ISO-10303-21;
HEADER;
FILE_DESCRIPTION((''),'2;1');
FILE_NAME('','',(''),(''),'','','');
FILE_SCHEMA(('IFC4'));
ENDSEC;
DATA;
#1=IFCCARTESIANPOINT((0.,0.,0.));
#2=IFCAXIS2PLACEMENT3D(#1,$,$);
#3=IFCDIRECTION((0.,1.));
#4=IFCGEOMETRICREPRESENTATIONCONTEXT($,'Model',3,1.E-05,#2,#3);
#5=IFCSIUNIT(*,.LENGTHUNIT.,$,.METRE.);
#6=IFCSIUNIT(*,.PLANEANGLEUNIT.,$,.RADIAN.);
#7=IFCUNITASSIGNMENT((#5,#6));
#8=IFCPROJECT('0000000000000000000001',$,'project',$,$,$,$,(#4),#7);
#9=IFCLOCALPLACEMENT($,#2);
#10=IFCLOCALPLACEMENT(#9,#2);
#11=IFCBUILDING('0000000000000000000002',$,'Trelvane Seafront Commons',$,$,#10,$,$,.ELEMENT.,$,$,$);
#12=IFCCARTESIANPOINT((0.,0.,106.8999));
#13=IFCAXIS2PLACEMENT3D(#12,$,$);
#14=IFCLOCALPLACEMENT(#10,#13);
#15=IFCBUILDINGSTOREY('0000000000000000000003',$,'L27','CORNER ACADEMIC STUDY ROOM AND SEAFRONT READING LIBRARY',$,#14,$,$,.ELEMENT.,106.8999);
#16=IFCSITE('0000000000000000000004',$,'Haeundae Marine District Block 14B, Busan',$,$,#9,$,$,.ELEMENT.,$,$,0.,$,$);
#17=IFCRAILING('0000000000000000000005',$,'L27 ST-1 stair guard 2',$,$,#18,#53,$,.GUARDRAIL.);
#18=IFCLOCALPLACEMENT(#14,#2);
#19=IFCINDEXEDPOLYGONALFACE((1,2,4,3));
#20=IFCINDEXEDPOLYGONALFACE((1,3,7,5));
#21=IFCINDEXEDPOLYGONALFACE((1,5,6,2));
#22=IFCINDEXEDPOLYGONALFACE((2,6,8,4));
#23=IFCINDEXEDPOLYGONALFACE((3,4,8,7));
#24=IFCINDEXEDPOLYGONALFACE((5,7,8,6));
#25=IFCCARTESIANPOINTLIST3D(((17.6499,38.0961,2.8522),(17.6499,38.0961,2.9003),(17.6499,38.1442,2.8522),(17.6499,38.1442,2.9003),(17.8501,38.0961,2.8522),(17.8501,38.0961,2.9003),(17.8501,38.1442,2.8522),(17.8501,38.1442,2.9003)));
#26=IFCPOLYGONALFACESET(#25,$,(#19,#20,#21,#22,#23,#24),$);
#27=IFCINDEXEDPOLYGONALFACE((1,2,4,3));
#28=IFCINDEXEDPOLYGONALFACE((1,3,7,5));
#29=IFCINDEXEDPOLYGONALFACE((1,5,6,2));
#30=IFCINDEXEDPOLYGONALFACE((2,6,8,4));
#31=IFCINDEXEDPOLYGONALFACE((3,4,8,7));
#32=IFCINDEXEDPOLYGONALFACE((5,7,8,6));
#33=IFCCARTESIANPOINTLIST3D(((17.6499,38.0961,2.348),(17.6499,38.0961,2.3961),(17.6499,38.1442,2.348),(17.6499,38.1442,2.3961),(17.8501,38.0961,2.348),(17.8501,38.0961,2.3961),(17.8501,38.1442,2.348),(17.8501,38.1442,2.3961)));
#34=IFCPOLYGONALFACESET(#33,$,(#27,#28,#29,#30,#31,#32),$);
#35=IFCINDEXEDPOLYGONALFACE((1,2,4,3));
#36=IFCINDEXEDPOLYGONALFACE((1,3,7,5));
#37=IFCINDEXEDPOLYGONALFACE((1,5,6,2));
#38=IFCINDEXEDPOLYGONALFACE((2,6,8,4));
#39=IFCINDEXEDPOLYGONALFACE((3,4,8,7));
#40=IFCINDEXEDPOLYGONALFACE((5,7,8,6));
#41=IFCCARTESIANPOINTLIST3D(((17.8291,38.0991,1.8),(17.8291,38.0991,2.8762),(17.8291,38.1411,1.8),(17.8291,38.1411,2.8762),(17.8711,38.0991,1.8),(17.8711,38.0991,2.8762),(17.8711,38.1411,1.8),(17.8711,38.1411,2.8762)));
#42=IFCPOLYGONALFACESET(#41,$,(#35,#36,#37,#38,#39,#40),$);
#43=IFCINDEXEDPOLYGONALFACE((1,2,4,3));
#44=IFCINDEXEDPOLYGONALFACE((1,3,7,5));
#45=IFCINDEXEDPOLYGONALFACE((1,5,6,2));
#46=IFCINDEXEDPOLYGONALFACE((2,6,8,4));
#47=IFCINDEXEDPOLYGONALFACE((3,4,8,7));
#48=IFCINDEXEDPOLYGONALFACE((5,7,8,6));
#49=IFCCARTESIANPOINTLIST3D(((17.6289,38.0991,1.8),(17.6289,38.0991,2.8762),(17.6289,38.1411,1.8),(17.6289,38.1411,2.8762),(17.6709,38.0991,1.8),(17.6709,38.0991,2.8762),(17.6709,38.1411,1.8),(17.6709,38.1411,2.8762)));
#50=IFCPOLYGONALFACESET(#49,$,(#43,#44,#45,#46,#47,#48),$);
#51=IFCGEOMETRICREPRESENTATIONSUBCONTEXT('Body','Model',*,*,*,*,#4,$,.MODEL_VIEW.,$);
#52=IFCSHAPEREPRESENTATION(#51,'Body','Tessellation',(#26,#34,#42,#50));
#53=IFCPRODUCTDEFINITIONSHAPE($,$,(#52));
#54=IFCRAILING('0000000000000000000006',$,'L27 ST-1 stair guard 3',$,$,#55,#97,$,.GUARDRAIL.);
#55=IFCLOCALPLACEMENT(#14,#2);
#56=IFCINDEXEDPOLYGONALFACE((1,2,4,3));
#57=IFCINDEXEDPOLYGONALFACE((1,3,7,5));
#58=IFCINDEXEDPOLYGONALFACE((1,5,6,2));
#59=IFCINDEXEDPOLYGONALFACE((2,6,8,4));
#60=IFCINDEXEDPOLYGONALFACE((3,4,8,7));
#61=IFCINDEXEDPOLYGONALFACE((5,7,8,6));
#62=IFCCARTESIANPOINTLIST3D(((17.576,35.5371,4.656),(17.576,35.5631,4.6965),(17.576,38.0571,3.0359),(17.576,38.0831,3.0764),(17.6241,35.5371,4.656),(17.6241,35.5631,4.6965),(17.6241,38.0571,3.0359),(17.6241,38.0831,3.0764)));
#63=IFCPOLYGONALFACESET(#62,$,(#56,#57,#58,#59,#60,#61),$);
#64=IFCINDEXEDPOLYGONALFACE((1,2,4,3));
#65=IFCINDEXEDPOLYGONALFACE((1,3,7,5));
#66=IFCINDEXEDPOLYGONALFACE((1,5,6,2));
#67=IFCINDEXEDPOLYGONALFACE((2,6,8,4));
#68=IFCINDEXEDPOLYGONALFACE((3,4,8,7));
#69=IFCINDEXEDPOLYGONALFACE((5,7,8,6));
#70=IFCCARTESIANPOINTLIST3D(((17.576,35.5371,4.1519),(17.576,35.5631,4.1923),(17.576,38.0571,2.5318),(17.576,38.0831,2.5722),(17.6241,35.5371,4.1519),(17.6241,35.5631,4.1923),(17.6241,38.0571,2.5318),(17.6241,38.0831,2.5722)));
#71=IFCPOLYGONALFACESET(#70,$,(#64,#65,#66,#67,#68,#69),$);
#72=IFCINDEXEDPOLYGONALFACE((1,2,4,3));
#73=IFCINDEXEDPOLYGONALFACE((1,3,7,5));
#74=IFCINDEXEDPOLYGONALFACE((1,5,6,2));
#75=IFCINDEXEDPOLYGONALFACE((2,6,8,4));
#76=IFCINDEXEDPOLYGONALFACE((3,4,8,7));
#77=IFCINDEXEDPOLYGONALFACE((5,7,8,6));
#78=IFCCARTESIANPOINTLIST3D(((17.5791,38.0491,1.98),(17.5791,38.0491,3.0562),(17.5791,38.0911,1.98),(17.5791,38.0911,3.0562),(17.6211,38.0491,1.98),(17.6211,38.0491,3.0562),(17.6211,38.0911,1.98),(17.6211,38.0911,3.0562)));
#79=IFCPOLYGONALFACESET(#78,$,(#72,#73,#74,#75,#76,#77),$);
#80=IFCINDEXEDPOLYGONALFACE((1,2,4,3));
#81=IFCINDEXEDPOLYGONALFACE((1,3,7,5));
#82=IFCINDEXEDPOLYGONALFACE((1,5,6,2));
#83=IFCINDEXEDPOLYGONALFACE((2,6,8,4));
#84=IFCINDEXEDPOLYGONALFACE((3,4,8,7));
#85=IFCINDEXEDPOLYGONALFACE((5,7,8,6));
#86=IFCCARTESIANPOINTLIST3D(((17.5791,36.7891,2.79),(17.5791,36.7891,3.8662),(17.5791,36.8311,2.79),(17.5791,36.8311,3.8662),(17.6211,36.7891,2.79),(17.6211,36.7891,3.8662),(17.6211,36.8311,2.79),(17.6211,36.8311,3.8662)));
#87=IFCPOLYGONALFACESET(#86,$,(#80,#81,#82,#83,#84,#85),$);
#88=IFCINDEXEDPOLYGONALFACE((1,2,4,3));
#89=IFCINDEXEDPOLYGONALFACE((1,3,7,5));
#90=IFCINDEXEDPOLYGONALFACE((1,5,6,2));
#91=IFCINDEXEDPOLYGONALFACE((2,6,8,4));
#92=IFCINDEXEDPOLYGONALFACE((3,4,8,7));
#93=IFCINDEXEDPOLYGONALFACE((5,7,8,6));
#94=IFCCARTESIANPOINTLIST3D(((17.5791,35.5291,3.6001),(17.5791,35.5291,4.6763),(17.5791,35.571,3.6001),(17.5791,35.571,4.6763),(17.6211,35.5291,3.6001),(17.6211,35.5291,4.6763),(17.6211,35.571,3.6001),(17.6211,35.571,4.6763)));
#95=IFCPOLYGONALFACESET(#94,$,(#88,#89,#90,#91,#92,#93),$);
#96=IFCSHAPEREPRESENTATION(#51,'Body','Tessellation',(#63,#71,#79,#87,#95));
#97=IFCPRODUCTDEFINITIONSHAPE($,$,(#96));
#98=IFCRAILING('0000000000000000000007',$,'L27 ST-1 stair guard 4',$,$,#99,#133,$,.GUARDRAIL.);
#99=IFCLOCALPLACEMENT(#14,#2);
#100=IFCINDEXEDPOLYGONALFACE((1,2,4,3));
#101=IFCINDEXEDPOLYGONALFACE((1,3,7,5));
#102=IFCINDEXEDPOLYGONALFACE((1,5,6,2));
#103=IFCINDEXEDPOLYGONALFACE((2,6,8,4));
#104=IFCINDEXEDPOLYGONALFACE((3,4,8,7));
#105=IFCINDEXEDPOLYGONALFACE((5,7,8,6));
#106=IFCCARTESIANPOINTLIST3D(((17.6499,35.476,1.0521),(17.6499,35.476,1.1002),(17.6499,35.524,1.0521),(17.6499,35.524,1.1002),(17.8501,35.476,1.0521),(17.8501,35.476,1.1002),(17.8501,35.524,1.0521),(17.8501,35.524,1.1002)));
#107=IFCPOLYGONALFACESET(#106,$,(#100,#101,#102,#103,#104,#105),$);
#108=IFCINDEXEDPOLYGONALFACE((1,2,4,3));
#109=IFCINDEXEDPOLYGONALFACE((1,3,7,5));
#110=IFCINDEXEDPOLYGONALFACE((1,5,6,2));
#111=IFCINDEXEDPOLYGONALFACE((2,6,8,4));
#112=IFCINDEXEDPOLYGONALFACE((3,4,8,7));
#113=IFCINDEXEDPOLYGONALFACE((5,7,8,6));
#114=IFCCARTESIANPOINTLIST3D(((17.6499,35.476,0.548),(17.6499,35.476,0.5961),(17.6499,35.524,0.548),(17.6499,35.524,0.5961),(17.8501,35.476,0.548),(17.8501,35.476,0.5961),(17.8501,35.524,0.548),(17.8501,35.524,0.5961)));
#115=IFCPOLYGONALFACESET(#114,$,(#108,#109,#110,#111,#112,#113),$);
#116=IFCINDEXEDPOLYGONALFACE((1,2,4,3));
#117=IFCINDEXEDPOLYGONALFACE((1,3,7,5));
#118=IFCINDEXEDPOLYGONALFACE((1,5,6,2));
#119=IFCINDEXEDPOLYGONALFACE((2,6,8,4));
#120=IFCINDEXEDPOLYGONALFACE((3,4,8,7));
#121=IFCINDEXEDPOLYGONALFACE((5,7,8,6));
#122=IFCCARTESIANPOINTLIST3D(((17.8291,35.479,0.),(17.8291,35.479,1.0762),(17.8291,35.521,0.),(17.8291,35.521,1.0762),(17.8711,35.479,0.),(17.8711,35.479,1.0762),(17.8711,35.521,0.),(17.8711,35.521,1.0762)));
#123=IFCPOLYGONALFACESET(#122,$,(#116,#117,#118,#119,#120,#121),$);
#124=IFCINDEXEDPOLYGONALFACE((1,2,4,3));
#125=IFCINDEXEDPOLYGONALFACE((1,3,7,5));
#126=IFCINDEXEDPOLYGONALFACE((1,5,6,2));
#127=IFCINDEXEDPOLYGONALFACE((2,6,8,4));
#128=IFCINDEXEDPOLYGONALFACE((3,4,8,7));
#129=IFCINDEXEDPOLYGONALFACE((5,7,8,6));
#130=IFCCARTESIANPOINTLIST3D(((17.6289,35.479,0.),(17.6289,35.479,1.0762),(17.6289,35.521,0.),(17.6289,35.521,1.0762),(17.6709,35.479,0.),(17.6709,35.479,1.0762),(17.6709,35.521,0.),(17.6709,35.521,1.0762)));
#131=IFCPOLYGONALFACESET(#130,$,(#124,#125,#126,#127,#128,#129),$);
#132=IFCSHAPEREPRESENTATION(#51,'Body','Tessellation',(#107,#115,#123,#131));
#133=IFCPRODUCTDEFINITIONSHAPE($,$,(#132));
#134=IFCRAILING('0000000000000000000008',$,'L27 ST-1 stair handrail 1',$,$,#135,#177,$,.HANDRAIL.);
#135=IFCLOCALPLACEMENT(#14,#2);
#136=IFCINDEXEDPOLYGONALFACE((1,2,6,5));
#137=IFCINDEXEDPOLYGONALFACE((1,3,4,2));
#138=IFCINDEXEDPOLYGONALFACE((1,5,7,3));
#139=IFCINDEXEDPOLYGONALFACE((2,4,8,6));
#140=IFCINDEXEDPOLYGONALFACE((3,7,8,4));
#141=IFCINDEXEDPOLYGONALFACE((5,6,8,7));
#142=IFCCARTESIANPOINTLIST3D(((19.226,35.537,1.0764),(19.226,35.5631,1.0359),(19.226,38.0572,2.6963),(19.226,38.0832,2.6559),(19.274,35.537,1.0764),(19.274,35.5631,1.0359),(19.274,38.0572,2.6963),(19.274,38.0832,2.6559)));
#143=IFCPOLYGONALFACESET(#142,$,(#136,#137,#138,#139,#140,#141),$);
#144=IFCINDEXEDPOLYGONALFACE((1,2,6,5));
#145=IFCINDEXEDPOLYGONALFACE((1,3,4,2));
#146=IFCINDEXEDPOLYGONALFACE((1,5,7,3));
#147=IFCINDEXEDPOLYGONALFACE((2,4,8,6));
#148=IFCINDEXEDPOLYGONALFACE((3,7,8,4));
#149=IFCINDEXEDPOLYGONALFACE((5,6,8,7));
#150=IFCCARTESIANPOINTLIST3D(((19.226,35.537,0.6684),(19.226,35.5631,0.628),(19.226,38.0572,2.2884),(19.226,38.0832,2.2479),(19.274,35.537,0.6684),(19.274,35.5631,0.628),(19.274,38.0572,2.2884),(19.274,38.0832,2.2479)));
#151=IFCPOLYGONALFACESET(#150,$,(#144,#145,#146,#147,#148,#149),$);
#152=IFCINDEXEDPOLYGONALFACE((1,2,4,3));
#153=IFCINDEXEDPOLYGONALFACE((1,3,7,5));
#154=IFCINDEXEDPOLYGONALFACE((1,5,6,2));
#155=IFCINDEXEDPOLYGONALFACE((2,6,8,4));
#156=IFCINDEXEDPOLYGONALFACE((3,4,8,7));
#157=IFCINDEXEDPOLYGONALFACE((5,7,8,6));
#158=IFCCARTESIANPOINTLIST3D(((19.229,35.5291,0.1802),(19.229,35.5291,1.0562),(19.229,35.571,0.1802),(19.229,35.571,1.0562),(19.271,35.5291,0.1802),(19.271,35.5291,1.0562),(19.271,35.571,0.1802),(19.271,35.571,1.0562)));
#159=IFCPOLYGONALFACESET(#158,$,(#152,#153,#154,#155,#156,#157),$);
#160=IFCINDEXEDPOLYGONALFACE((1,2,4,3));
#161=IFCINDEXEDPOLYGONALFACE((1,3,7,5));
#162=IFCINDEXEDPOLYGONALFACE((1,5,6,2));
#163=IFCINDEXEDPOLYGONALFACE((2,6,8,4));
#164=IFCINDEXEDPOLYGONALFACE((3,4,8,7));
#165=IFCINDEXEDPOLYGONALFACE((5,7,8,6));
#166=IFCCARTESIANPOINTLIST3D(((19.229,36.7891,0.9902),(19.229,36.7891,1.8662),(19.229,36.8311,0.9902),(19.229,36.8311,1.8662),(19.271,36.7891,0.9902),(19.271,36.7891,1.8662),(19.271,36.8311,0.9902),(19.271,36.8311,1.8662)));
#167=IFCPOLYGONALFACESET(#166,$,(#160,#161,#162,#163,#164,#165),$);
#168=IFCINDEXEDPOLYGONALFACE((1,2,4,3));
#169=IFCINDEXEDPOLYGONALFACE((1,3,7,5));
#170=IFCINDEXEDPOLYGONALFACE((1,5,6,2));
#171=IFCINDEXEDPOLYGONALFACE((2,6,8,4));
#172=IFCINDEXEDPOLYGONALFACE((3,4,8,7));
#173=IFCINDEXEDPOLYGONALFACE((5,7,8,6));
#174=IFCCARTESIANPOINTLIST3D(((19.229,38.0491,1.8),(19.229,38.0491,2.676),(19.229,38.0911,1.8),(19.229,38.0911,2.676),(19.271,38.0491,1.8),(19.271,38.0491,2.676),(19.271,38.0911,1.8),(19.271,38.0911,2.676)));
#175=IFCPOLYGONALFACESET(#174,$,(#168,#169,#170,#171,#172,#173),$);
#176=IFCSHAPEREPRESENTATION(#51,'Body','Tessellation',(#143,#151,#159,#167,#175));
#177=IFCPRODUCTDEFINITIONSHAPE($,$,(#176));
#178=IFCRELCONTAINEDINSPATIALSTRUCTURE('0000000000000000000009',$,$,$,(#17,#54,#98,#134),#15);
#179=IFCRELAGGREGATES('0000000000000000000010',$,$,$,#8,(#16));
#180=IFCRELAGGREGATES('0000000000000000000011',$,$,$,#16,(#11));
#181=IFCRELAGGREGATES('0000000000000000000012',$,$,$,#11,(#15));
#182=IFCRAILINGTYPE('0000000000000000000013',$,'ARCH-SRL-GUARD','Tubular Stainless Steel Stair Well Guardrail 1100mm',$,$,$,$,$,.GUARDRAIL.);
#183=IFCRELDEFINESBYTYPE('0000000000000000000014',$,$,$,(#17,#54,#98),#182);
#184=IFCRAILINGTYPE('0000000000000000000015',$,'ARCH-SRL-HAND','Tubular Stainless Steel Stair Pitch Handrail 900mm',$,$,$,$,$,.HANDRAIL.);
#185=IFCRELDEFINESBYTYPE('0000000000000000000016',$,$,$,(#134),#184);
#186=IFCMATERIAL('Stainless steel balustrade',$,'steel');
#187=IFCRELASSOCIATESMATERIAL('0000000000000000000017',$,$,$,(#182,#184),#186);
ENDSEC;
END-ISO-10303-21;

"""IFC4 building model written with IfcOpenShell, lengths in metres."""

from ifc_helpers import new_model, si_unit, direction, frame, origin, origin_2d, place, context, subcontext, project, spatial, rectangle, extrude, material, type_object, element, save


model = new_model("IFC4")

# Units and contexts
model_context = context("Model", 3, precision=1e-05, world=origin(), true_north=direction((0.0, 1.0)))
body_context = subcontext(model_context, "Body", "Model", "MODEL_VIEW")
ifc_project = project(units=[si_unit("LENGTHUNIT", "METRE"), si_unit("PLANEANGLEUNIT", "RADIAN")], contexts=[model_context])

# Site, building, storey
site_placement = place(None, origin())
site = spatial("IfcSite", under=ifc_project, at=site_placement, Name="Haeundae Marine District Block 14B, Busan", CompositionType="ELEMENT", RefElevation=0.0)
building_placement = place(site_placement, origin())
building = spatial("IfcBuilding", under=site, at=building_placement, Name="Trelvane Seafront Commons", CompositionType="ELEMENT")
storey_placement = place(building_placement, frame((0.0, 0.0, 106.8999)))
storey = spatial("IfcBuildingStorey", under=building, at=storey_placement, Name="L27", Description="CORNER ACADEMIC STUDY ROOM AND SEAFRONT READING LIBRARY", CompositionType="ELEMENT", Elevation=106.8999)

# Shared definitions
ifc_material_1 = material(Name="Stainless steel balustrade", Category="steel")

# Railings
railing_type_1 = type_object("IfcRailingType", Name="ARCH-SRL-GUARD", Description="Tubular Stainless Steel Stair Well Guardrail 1100mm", PredefinedType="GUARDRAIL", material=ifc_material_1)
railing_1_placement = place(storey_placement, frame((17.8501, 38.1201, 1.8)))
element("IfcRailing", 1, at=railing_1_placement, inside=storey, type_object=railing_type_1, Name="L27 ST-1 stair guard 2", PredefinedType="GUARDRAIL", context=body_context, shape_type="SweptSolid", body=[
    extrude(rectangle(XDim=0.0481, YDim=0.0481, at=origin_2d()), frame((0.0, 0.0, 1.0762), z_axis=(-1.0, 0.0, 0.0), x_axis=(0.0, -1.0, 0.0)), (0.0, 0.0, 1.0), 0.2002),
    extrude(rectangle(XDim=0.0481, YDim=0.0481, at=origin_2d()), frame((0.0, 0.0, 0.572), z_axis=(-1.0, 0.0, 0.0), x_axis=(0.0, -1.0, 0.0)), (0.0, 0.0, 1.0), 0.2002),
    extrude(rectangle(XDim=0.042, YDim=0.042, at=origin_2d()), origin(), (0.0, 0.0, 1.0), 1.0762),
    extrude(rectangle(XDim=0.042, YDim=0.042, at=origin_2d()), frame((-0.2002, 0.0, 0.0)), (0.0, 0.0, 1.0), 1.0762),
])
railing_2_placement = place(storey_placement, frame((17.6001, 38.0701, 1.98)))
element("IfcRailing", 2, at=railing_2_placement, inside=storey, type_object=railing_type_1, Name="L27 ST-1 stair guard 3", PredefinedType="GUARDRAIL", context=body_context, shape_type="SweptSolid", body=[
    extrude(rectangle(XDim=0.0481, YDim=0.0481, at=origin_2d()), frame((0.0, 0.0, 1.0762), z_axis=(0.0, -0.841163, 0.540782), x_axis=(1.0, 0.0, 0.0)), (0.0, 0.0, 1.0), 2.9958),
    extrude(rectangle(XDim=0.0481, YDim=0.0481, at=origin_2d()), frame((0.0, 0.0, 0.572), z_axis=(0.0, -0.841163, 0.540782), x_axis=(1.0, 0.0, 0.0)), (0.0, 0.0, 1.0), 2.9958),
    extrude(rectangle(XDim=0.042, YDim=0.042, at=origin_2d()), origin(), (0.0, 0.0, 1.0), 1.0762),
    extrude(rectangle(XDim=0.042, YDim=0.042, at=origin_2d()), frame((0.0, -1.26, 0.8101)), (0.0, 0.0, 1.0), 1.0762),
    extrude(rectangle(XDim=0.042, YDim=0.042, at=origin_2d()), frame((0.0, -2.52, 1.6201)), (0.0, 0.0, 1.0), 1.0762),
])
railing_3_placement = place(storey_placement, frame((17.8501, 35.5, 0.0)))
element("IfcRailing", 3, at=railing_3_placement, inside=storey, type_object=railing_type_1, Name="L27 ST-1 stair guard 4", PredefinedType="GUARDRAIL", context=body_context, shape_type="SweptSolid", body=[
    extrude(rectangle(XDim=0.0481, YDim=0.0481, at=origin_2d()), frame((0.0, 0.0, 1.0762), z_axis=(-1.0, 0.0, 0.0), x_axis=(0.0, -1.0, 0.0)), (0.0, 0.0, 1.0), 0.2002),
    extrude(rectangle(XDim=0.0481, YDim=0.0481, at=origin_2d()), frame((0.0, 0.0, 0.572), z_axis=(-1.0, 0.0, 0.0), x_axis=(0.0, -1.0, 0.0)), (0.0, 0.0, 1.0), 0.2002),
    extrude(rectangle(XDim=0.042, YDim=0.042, at=origin_2d()), origin(), (0.0, 0.0, 1.0), 1.0762),
    extrude(rectangle(XDim=0.042, YDim=0.042, at=origin_2d()), frame((-0.2002, 0.0, 0.0)), (0.0, 0.0, 1.0), 1.0762),
])
railing_type_2 = type_object("IfcRailingType", Name="ARCH-SRL-HAND", Description="Tubular Stainless Steel Stair Pitch Handrail 900mm", PredefinedType="HANDRAIL", material=ifc_material_1)
railing_4_placement = place(storey_placement, frame((19.25, 35.55, 0.1802)))
element("IfcRailing", 4, at=railing_4_placement, inside=storey, type_object=railing_type_2, Name="L27 ST-1 stair handrail 1", PredefinedType="HANDRAIL", context=body_context, shape_type="SweptSolid", body=[
    extrude(rectangle(XDim=0.0481, YDim=0.0481, at=origin_2d()), frame((0.0, 0.0, 0.876), z_axis=(0.0, 0.8412, 0.540725), x_axis=(-1.0, 0.0, 0.0)), (0.0, 0.0, 1.0), 2.9958),
    extrude(rectangle(XDim=0.0481, YDim=0.0481, at=origin_2d()), frame((0.0, 0.0, 0.468), z_axis=(0.0, 0.8412, 0.540725), x_axis=(-1.0, 0.0, 0.0)), (0.0, 0.0, 1.0), 2.9958),
    extrude(rectangle(XDim=0.042, YDim=0.042, at=origin_2d()), origin(), (0.0, 0.0, 1.0), 0.876),
    extrude(rectangle(XDim=0.042, YDim=0.042, at=origin_2d()), frame((0.0, 1.26, 0.8101)), (0.0, 0.0, 1.0), 0.876),
    extrude(rectangle(XDim=0.042, YDim=0.042, at=origin_2d()), frame((0.0, 2.52, 1.6199)), (0.0, 0.0, 1.0), 0.876),
])

save(model, "model.ifc")
